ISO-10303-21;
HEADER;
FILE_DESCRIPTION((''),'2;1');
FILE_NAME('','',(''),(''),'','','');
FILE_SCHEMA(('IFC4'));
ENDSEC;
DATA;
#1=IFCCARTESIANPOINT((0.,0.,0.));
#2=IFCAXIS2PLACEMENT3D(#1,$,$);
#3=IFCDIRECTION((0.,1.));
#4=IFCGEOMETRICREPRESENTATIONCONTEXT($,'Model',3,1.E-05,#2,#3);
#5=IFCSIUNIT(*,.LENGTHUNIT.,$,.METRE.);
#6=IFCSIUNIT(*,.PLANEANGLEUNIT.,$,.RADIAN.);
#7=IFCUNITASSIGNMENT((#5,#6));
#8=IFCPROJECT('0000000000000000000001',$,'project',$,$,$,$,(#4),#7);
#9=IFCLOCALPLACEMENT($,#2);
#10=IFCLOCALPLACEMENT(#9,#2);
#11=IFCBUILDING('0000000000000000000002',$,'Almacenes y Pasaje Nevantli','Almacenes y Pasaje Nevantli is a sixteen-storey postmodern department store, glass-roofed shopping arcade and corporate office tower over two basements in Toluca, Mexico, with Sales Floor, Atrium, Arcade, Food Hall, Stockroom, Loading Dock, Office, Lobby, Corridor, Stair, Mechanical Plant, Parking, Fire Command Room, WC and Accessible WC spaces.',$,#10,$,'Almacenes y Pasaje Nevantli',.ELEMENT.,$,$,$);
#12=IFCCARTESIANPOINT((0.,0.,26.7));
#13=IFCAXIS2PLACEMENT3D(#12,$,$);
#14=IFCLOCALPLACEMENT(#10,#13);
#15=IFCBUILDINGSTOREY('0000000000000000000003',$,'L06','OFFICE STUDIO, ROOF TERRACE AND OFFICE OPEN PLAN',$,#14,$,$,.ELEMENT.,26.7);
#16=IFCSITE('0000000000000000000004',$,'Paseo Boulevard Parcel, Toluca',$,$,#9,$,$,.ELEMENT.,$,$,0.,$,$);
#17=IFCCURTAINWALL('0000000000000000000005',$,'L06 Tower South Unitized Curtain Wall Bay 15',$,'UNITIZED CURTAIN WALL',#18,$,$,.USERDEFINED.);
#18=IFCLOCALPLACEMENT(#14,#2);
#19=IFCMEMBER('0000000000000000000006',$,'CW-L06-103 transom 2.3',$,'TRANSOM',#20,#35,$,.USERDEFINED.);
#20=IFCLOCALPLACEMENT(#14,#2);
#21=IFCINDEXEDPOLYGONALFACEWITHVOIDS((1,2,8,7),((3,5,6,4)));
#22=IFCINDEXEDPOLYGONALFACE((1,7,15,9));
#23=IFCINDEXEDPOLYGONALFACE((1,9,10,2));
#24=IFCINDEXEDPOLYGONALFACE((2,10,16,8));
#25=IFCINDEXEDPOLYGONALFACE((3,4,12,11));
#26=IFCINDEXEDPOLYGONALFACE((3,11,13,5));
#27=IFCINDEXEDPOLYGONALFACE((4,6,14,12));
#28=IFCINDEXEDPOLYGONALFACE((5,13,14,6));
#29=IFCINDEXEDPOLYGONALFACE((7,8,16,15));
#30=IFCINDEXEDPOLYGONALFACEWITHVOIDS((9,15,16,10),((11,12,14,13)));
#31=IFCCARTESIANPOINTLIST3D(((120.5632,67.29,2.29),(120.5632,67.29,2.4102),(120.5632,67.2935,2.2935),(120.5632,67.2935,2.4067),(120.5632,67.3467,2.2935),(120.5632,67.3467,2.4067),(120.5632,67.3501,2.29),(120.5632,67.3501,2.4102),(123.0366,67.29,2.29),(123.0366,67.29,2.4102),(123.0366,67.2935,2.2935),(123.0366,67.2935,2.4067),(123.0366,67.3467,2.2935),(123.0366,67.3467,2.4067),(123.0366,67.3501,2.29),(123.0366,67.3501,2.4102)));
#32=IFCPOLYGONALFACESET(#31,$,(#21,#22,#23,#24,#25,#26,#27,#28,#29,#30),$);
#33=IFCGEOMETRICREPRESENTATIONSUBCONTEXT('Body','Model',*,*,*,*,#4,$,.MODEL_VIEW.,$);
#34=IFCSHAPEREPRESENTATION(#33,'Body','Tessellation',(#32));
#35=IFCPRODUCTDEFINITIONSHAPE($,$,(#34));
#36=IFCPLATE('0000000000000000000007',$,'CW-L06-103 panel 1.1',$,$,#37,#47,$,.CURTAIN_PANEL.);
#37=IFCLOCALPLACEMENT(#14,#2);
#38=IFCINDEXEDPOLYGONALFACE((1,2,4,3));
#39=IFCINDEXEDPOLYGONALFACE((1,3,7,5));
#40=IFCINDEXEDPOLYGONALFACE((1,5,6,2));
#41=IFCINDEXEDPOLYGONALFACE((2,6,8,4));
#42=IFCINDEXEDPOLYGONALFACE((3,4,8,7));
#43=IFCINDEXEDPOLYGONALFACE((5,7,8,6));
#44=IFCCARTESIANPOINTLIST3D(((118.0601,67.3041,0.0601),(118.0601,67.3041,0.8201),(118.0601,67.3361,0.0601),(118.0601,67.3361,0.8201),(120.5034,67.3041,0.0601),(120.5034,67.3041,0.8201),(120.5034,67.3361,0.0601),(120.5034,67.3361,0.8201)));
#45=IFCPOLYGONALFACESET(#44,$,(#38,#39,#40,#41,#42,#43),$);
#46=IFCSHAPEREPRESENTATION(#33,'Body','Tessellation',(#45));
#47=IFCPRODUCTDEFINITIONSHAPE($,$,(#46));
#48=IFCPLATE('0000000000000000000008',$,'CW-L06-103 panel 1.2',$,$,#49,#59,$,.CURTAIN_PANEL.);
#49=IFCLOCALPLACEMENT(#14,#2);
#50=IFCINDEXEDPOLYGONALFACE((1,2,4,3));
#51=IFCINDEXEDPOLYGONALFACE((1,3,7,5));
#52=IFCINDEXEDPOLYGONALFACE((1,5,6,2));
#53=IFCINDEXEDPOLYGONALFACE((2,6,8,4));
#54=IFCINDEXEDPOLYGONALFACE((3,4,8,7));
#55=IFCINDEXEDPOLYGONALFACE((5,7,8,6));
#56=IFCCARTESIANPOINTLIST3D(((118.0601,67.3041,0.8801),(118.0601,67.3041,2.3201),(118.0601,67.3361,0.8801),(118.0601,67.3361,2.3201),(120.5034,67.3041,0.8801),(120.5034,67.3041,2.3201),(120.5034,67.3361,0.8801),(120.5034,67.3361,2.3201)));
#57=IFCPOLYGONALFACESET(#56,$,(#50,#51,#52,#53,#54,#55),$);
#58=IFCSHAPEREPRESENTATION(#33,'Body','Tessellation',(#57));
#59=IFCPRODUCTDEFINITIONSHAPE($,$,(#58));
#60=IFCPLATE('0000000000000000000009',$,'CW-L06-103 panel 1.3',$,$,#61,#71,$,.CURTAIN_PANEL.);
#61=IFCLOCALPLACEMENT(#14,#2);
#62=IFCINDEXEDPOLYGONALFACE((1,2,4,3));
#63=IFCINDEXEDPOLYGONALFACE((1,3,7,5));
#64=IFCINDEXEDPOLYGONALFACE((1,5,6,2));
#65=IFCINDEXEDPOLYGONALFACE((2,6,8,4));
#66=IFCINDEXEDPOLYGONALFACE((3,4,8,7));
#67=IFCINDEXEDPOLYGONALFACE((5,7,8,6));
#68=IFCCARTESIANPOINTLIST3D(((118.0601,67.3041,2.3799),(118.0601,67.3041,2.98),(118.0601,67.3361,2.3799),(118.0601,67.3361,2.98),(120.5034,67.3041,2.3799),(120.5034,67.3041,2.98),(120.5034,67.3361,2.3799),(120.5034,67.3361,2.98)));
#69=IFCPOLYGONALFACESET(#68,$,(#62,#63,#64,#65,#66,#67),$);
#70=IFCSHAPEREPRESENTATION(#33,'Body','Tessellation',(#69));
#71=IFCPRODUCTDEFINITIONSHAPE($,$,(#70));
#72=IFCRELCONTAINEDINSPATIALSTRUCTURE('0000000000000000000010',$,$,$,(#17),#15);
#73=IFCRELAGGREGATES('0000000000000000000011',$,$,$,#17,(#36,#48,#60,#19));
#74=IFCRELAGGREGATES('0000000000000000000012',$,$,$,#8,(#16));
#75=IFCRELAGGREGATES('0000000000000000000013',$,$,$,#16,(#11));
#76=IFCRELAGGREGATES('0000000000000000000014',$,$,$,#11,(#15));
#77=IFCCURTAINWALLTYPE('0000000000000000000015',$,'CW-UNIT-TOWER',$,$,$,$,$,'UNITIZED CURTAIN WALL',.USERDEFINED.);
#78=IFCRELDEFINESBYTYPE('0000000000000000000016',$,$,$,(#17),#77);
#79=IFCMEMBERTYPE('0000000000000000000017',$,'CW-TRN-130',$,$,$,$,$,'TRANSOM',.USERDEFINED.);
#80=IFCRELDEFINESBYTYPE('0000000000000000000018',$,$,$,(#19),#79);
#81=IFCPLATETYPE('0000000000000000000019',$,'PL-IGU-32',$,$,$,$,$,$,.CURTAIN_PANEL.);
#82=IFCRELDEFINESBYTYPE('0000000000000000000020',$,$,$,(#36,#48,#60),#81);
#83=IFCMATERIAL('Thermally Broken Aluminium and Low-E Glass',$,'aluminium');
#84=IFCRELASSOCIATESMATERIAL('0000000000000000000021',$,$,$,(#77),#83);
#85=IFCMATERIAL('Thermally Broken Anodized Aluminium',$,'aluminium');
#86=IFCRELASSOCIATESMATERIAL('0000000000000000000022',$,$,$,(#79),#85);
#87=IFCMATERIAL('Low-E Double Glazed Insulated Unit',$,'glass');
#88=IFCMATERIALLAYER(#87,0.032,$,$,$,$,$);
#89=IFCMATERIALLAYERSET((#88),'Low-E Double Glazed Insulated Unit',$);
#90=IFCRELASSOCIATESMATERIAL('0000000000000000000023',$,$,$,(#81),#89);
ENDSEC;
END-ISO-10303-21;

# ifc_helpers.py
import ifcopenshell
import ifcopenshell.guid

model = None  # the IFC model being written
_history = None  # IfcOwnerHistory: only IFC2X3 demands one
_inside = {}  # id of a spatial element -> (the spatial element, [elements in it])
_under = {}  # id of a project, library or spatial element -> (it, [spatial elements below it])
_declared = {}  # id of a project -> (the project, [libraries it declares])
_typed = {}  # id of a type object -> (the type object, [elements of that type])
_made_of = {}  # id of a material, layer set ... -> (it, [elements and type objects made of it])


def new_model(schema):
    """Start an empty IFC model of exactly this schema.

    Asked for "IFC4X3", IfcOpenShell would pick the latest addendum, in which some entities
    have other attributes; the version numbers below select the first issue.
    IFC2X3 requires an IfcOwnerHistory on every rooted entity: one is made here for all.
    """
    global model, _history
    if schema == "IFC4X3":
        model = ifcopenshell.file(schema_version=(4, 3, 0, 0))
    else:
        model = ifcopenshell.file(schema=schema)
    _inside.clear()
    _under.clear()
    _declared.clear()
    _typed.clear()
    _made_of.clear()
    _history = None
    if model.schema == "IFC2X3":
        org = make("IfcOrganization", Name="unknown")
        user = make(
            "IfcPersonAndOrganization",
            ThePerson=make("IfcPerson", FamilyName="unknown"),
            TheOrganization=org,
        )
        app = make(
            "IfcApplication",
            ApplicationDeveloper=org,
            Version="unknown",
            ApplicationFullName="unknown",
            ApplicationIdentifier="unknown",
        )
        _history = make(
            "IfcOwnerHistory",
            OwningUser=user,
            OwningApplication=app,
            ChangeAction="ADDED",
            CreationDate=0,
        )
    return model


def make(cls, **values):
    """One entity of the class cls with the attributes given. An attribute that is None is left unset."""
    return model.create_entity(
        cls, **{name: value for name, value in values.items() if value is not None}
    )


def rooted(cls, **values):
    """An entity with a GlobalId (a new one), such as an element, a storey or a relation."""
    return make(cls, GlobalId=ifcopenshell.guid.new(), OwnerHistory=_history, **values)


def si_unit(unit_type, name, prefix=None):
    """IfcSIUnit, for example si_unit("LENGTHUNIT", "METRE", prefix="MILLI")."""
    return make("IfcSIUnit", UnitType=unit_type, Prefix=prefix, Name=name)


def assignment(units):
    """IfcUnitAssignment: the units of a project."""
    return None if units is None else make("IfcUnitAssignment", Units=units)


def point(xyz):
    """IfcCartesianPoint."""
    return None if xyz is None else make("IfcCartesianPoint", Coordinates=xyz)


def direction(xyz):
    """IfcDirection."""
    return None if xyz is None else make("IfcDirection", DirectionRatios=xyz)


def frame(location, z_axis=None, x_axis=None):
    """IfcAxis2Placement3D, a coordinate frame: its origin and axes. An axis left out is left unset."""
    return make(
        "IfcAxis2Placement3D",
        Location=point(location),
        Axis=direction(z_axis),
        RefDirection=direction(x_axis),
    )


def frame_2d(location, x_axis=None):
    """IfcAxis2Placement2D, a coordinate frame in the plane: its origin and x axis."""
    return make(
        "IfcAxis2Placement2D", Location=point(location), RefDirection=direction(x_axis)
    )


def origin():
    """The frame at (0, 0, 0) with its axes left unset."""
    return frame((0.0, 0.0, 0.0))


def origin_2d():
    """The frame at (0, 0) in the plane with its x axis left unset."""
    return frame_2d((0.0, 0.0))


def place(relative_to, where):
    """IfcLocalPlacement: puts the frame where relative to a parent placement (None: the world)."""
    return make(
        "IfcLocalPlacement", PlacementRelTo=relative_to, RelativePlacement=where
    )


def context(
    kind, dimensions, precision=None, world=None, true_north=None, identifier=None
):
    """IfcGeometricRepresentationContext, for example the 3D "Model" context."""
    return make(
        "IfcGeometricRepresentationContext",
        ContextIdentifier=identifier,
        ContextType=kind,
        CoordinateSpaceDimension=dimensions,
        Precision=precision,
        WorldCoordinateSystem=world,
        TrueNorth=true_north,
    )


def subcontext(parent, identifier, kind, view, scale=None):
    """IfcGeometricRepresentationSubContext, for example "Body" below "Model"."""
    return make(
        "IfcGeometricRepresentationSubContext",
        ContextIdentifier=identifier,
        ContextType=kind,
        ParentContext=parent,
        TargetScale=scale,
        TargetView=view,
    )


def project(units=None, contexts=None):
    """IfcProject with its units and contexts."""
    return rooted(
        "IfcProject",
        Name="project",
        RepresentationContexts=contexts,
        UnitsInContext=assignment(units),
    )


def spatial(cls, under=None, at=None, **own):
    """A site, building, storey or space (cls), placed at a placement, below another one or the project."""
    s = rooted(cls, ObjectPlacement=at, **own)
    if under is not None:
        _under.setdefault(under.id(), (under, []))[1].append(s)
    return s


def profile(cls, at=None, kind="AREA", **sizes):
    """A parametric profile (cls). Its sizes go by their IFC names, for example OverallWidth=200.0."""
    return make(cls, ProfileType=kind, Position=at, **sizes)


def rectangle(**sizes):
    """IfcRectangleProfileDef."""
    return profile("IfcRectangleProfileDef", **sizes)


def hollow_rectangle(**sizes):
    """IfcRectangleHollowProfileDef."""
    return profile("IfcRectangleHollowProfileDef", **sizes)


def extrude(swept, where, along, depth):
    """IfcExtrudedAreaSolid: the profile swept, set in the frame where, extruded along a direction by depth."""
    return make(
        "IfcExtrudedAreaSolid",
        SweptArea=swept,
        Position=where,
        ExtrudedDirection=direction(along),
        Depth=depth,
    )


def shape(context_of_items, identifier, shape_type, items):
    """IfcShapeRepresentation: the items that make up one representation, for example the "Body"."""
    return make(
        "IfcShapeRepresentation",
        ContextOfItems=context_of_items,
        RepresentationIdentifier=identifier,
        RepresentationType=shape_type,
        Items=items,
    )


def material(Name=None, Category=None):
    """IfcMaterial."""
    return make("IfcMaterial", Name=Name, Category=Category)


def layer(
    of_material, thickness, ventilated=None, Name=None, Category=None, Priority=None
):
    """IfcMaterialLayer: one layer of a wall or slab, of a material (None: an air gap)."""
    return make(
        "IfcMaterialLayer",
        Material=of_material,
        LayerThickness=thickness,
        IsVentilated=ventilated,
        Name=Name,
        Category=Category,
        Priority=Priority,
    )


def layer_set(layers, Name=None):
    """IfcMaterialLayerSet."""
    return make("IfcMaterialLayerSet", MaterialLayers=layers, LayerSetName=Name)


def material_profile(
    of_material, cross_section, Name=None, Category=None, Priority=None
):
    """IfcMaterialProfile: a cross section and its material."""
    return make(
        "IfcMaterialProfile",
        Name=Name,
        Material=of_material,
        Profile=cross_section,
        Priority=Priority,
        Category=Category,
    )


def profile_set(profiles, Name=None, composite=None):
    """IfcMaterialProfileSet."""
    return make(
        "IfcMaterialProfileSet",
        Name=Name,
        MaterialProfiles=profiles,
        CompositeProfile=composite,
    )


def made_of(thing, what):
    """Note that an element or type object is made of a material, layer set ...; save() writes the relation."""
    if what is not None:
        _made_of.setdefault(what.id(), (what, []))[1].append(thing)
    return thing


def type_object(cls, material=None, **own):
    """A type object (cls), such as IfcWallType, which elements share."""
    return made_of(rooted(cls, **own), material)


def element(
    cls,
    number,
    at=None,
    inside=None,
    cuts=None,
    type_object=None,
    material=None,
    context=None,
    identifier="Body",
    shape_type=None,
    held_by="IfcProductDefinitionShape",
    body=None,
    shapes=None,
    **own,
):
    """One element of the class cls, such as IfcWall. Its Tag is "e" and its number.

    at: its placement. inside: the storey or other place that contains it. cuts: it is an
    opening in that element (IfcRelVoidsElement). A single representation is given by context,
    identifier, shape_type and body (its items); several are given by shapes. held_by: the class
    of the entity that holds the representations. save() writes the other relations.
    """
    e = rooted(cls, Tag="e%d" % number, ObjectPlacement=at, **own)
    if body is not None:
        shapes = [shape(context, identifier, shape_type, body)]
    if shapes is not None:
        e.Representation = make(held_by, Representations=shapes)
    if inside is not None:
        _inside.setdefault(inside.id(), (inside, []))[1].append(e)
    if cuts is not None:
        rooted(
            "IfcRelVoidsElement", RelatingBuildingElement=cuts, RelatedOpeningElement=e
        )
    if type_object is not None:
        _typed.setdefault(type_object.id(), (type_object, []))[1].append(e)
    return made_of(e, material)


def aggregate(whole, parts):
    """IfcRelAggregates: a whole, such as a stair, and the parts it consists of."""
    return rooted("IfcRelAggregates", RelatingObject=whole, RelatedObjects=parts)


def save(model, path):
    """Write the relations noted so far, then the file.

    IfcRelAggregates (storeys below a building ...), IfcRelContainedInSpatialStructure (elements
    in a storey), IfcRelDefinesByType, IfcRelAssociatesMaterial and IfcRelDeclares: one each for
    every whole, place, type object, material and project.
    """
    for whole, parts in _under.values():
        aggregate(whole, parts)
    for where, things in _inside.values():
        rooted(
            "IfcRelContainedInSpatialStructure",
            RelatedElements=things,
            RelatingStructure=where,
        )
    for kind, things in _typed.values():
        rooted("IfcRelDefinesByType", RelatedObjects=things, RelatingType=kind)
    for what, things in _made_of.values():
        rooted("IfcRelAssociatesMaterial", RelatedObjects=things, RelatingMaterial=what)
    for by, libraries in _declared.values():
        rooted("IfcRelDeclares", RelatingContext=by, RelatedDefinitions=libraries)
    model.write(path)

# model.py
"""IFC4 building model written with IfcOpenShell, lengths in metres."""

from ifc_helpers import new_model, si_unit, direction, frame, origin, origin_2d, place, context, subcontext, project, spatial, rectangle, hollow_rectangle, extrude, material, layer, layer_set, material_profile, profile_set, type_object, element, aggregate, save


model = new_model("IFC4")

# Units and contexts
model_context = context("Model", 3, precision=1e-05, world=origin(), true_north=direction((0.0, 1.0)))
body_context = subcontext(model_context, "Body", "Model", "MODEL_VIEW")
ifc_project = project(units=[si_unit("LENGTHUNIT", "METRE"), si_unit("PLANEANGLEUNIT", "RADIAN")], contexts=[model_context])

# Site, building, storey
site_placement = place(None, origin())
site = spatial("IfcSite", under=ifc_project, at=site_placement, Name="Paseo Boulevard Parcel, Toluca", CompositionType="ELEMENT", RefElevation=0.0)
building_placement = place(site_placement, origin())
building = spatial("IfcBuilding", under=site, at=building_placement, Name="Almacenes y Pasaje Nevantli", Description="Almacenes y Pasaje Nevantli is a sixteen-storey postmodern department store, glass-roofed shopping arcade and corporate office tower over two basements in Toluca, Mexico, with Sales Floor, Atrium, Arcade, Food Hall, Stockroom, Loading Dock, Office, Lobby, Corridor, Stair, Mechanical Plant, Parking, Fire Command Room, WC and Accessible WC spaces.", LongName="Almacenes y Pasaje Nevantli", CompositionType="ELEMENT")
storey_placement = place(building_placement, frame((0.0, 0.0, 26.7)))
storey = spatial("IfcBuildingStorey", under=building, at=storey_placement, Name="L06", Description="OFFICE STUDIO, ROOF TERRACE AND OFFICE OPEN PLAN", CompositionType="ELEMENT", Elevation=26.7)

# Curtain wall, member, plates
ifc_material_1 = material(Name="Thermally Broken Aluminium and Low-E Glass", Category="aluminium")
curtain_wall_type = type_object("IfcCurtainWallType", Name="CW-UNIT-TOWER", ElementType="UNITIZED CURTAIN WALL", PredefinedType="USERDEFINED", material=ifc_material_1)
curtain_wall_placement = place(storey_placement, origin())
curtain_wall = element("IfcCurtainWall", 1, at=curtain_wall_placement, inside=storey, type_object=curtain_wall_type, Name="L06 Tower South Unitized Curtain Wall Bay 15", ObjectType="UNITIZED CURTAIN WALL", PredefinedType="USERDEFINED")
ifc_material_2 = material(Name="Thermally Broken Anodized Aluminium", Category="aluminium")
ifc_material_profile_1 = material_profile(ifc_material_2, hollow_rectangle(XDim=0.0601, YDim=0.1201, WallThickness=0.0034, at=origin_2d()), Name="ALU-TRN-60x120")
ifc_profile_set_1 = profile_set([ifc_material_profile_1], Name="Thermally Broken Anodized Aluminium")
member_type_1 = type_object("IfcMemberType", Name="CW-TRN-130", ElementType="TRANSOM", PredefinedType="USERDEFINED", material=ifc_profile_set_1)
member_1_placement = place(storey_placement, frame((120.5632, 67.3201, 2.3501), z_axis=(1.0, 0.0, 0.0), x_axis=(0.0, 1.0, 0.0)))
member_1 = element("IfcMember", 2, at=member_1_placement, type_object=member_type_1, Name="CW-L06-103 transom 2.3", ObjectType="TRANSOM", PredefinedType="USERDEFINED", context=body_context, shape_type="SweptSolid", body=[
    extrude(hollow_rectangle(XDim=0.0601, YDim=0.1201, WallThickness=0.0034, at=origin_2d()), origin(), (0.0, 0.0, 1.0), 2.4734),
])
ifc_material_3 = material(Name="Low-E Double Glazed Insulated Unit", Category="glass")
ifc_layer = layer(ifc_material_3, 0.032)
ifc_layer_set = layer_set([ifc_layer], Name="Low-E Double Glazed Insulated Unit")
plate_type = type_object("IfcPlateType", Name="PL-IGU-32", PredefinedType="CURTAIN_PANEL", material=ifc_layer_set)
plate_1_placement = place(storey_placement, frame((119.2817, 67.3201, 0.0601), z_axis=(0.0, 0.0, 1.0), x_axis=(1.0, 0.0, 0.0)))
plate_1 = element("IfcPlate", 3, at=plate_1_placement, type_object=plate_type, Name="CW-L06-103 panel 1.1", PredefinedType="CURTAIN_PANEL", context=body_context, shape_type="SweptSolid", body=[
    extrude(rectangle(XDim=2.4434, YDim=0.032, at=origin_2d()), origin(), (0.0, 0.0, 1.0), 0.76),
])
plate_2_placement = place(storey_placement, frame((119.2817, 67.3201, 0.8801), z_axis=(0.0, 0.0, 1.0), x_axis=(1.0, 0.0, 0.0)))
plate_2 = element("IfcPlate", 4, at=plate_2_placement, type_object=plate_type, Name="CW-L06-103 panel 1.2", PredefinedType="CURTAIN_PANEL", context=body_context, shape_type="SweptSolid", body=[
    extrude(rectangle(XDim=2.4434, YDim=0.032, at=origin_2d()), origin(), (0.0, 0.0, 1.0), 1.4399),
])
plate_3_placement = place(storey_placement, frame((119.2817, 67.3201, 2.3799), z_axis=(0.0, 0.0, 1.0), x_axis=(1.0, 0.0, 0.0)))
plate_3 = element("IfcPlate", 5, at=plate_3_placement, type_object=plate_type, Name="CW-L06-103 panel 1.3", PredefinedType="CURTAIN_PANEL", context=body_context, shape_type="SweptSolid", body=[
    extrude(rectangle(XDim=2.4434, YDim=0.032, at=origin_2d()), origin(), (0.0, 0.0, 1.0), 0.6001),
])
aggregate(curtain_wall, [plate_1, plate_2, plate_3, member_1])

save(model, "model.ifc")
